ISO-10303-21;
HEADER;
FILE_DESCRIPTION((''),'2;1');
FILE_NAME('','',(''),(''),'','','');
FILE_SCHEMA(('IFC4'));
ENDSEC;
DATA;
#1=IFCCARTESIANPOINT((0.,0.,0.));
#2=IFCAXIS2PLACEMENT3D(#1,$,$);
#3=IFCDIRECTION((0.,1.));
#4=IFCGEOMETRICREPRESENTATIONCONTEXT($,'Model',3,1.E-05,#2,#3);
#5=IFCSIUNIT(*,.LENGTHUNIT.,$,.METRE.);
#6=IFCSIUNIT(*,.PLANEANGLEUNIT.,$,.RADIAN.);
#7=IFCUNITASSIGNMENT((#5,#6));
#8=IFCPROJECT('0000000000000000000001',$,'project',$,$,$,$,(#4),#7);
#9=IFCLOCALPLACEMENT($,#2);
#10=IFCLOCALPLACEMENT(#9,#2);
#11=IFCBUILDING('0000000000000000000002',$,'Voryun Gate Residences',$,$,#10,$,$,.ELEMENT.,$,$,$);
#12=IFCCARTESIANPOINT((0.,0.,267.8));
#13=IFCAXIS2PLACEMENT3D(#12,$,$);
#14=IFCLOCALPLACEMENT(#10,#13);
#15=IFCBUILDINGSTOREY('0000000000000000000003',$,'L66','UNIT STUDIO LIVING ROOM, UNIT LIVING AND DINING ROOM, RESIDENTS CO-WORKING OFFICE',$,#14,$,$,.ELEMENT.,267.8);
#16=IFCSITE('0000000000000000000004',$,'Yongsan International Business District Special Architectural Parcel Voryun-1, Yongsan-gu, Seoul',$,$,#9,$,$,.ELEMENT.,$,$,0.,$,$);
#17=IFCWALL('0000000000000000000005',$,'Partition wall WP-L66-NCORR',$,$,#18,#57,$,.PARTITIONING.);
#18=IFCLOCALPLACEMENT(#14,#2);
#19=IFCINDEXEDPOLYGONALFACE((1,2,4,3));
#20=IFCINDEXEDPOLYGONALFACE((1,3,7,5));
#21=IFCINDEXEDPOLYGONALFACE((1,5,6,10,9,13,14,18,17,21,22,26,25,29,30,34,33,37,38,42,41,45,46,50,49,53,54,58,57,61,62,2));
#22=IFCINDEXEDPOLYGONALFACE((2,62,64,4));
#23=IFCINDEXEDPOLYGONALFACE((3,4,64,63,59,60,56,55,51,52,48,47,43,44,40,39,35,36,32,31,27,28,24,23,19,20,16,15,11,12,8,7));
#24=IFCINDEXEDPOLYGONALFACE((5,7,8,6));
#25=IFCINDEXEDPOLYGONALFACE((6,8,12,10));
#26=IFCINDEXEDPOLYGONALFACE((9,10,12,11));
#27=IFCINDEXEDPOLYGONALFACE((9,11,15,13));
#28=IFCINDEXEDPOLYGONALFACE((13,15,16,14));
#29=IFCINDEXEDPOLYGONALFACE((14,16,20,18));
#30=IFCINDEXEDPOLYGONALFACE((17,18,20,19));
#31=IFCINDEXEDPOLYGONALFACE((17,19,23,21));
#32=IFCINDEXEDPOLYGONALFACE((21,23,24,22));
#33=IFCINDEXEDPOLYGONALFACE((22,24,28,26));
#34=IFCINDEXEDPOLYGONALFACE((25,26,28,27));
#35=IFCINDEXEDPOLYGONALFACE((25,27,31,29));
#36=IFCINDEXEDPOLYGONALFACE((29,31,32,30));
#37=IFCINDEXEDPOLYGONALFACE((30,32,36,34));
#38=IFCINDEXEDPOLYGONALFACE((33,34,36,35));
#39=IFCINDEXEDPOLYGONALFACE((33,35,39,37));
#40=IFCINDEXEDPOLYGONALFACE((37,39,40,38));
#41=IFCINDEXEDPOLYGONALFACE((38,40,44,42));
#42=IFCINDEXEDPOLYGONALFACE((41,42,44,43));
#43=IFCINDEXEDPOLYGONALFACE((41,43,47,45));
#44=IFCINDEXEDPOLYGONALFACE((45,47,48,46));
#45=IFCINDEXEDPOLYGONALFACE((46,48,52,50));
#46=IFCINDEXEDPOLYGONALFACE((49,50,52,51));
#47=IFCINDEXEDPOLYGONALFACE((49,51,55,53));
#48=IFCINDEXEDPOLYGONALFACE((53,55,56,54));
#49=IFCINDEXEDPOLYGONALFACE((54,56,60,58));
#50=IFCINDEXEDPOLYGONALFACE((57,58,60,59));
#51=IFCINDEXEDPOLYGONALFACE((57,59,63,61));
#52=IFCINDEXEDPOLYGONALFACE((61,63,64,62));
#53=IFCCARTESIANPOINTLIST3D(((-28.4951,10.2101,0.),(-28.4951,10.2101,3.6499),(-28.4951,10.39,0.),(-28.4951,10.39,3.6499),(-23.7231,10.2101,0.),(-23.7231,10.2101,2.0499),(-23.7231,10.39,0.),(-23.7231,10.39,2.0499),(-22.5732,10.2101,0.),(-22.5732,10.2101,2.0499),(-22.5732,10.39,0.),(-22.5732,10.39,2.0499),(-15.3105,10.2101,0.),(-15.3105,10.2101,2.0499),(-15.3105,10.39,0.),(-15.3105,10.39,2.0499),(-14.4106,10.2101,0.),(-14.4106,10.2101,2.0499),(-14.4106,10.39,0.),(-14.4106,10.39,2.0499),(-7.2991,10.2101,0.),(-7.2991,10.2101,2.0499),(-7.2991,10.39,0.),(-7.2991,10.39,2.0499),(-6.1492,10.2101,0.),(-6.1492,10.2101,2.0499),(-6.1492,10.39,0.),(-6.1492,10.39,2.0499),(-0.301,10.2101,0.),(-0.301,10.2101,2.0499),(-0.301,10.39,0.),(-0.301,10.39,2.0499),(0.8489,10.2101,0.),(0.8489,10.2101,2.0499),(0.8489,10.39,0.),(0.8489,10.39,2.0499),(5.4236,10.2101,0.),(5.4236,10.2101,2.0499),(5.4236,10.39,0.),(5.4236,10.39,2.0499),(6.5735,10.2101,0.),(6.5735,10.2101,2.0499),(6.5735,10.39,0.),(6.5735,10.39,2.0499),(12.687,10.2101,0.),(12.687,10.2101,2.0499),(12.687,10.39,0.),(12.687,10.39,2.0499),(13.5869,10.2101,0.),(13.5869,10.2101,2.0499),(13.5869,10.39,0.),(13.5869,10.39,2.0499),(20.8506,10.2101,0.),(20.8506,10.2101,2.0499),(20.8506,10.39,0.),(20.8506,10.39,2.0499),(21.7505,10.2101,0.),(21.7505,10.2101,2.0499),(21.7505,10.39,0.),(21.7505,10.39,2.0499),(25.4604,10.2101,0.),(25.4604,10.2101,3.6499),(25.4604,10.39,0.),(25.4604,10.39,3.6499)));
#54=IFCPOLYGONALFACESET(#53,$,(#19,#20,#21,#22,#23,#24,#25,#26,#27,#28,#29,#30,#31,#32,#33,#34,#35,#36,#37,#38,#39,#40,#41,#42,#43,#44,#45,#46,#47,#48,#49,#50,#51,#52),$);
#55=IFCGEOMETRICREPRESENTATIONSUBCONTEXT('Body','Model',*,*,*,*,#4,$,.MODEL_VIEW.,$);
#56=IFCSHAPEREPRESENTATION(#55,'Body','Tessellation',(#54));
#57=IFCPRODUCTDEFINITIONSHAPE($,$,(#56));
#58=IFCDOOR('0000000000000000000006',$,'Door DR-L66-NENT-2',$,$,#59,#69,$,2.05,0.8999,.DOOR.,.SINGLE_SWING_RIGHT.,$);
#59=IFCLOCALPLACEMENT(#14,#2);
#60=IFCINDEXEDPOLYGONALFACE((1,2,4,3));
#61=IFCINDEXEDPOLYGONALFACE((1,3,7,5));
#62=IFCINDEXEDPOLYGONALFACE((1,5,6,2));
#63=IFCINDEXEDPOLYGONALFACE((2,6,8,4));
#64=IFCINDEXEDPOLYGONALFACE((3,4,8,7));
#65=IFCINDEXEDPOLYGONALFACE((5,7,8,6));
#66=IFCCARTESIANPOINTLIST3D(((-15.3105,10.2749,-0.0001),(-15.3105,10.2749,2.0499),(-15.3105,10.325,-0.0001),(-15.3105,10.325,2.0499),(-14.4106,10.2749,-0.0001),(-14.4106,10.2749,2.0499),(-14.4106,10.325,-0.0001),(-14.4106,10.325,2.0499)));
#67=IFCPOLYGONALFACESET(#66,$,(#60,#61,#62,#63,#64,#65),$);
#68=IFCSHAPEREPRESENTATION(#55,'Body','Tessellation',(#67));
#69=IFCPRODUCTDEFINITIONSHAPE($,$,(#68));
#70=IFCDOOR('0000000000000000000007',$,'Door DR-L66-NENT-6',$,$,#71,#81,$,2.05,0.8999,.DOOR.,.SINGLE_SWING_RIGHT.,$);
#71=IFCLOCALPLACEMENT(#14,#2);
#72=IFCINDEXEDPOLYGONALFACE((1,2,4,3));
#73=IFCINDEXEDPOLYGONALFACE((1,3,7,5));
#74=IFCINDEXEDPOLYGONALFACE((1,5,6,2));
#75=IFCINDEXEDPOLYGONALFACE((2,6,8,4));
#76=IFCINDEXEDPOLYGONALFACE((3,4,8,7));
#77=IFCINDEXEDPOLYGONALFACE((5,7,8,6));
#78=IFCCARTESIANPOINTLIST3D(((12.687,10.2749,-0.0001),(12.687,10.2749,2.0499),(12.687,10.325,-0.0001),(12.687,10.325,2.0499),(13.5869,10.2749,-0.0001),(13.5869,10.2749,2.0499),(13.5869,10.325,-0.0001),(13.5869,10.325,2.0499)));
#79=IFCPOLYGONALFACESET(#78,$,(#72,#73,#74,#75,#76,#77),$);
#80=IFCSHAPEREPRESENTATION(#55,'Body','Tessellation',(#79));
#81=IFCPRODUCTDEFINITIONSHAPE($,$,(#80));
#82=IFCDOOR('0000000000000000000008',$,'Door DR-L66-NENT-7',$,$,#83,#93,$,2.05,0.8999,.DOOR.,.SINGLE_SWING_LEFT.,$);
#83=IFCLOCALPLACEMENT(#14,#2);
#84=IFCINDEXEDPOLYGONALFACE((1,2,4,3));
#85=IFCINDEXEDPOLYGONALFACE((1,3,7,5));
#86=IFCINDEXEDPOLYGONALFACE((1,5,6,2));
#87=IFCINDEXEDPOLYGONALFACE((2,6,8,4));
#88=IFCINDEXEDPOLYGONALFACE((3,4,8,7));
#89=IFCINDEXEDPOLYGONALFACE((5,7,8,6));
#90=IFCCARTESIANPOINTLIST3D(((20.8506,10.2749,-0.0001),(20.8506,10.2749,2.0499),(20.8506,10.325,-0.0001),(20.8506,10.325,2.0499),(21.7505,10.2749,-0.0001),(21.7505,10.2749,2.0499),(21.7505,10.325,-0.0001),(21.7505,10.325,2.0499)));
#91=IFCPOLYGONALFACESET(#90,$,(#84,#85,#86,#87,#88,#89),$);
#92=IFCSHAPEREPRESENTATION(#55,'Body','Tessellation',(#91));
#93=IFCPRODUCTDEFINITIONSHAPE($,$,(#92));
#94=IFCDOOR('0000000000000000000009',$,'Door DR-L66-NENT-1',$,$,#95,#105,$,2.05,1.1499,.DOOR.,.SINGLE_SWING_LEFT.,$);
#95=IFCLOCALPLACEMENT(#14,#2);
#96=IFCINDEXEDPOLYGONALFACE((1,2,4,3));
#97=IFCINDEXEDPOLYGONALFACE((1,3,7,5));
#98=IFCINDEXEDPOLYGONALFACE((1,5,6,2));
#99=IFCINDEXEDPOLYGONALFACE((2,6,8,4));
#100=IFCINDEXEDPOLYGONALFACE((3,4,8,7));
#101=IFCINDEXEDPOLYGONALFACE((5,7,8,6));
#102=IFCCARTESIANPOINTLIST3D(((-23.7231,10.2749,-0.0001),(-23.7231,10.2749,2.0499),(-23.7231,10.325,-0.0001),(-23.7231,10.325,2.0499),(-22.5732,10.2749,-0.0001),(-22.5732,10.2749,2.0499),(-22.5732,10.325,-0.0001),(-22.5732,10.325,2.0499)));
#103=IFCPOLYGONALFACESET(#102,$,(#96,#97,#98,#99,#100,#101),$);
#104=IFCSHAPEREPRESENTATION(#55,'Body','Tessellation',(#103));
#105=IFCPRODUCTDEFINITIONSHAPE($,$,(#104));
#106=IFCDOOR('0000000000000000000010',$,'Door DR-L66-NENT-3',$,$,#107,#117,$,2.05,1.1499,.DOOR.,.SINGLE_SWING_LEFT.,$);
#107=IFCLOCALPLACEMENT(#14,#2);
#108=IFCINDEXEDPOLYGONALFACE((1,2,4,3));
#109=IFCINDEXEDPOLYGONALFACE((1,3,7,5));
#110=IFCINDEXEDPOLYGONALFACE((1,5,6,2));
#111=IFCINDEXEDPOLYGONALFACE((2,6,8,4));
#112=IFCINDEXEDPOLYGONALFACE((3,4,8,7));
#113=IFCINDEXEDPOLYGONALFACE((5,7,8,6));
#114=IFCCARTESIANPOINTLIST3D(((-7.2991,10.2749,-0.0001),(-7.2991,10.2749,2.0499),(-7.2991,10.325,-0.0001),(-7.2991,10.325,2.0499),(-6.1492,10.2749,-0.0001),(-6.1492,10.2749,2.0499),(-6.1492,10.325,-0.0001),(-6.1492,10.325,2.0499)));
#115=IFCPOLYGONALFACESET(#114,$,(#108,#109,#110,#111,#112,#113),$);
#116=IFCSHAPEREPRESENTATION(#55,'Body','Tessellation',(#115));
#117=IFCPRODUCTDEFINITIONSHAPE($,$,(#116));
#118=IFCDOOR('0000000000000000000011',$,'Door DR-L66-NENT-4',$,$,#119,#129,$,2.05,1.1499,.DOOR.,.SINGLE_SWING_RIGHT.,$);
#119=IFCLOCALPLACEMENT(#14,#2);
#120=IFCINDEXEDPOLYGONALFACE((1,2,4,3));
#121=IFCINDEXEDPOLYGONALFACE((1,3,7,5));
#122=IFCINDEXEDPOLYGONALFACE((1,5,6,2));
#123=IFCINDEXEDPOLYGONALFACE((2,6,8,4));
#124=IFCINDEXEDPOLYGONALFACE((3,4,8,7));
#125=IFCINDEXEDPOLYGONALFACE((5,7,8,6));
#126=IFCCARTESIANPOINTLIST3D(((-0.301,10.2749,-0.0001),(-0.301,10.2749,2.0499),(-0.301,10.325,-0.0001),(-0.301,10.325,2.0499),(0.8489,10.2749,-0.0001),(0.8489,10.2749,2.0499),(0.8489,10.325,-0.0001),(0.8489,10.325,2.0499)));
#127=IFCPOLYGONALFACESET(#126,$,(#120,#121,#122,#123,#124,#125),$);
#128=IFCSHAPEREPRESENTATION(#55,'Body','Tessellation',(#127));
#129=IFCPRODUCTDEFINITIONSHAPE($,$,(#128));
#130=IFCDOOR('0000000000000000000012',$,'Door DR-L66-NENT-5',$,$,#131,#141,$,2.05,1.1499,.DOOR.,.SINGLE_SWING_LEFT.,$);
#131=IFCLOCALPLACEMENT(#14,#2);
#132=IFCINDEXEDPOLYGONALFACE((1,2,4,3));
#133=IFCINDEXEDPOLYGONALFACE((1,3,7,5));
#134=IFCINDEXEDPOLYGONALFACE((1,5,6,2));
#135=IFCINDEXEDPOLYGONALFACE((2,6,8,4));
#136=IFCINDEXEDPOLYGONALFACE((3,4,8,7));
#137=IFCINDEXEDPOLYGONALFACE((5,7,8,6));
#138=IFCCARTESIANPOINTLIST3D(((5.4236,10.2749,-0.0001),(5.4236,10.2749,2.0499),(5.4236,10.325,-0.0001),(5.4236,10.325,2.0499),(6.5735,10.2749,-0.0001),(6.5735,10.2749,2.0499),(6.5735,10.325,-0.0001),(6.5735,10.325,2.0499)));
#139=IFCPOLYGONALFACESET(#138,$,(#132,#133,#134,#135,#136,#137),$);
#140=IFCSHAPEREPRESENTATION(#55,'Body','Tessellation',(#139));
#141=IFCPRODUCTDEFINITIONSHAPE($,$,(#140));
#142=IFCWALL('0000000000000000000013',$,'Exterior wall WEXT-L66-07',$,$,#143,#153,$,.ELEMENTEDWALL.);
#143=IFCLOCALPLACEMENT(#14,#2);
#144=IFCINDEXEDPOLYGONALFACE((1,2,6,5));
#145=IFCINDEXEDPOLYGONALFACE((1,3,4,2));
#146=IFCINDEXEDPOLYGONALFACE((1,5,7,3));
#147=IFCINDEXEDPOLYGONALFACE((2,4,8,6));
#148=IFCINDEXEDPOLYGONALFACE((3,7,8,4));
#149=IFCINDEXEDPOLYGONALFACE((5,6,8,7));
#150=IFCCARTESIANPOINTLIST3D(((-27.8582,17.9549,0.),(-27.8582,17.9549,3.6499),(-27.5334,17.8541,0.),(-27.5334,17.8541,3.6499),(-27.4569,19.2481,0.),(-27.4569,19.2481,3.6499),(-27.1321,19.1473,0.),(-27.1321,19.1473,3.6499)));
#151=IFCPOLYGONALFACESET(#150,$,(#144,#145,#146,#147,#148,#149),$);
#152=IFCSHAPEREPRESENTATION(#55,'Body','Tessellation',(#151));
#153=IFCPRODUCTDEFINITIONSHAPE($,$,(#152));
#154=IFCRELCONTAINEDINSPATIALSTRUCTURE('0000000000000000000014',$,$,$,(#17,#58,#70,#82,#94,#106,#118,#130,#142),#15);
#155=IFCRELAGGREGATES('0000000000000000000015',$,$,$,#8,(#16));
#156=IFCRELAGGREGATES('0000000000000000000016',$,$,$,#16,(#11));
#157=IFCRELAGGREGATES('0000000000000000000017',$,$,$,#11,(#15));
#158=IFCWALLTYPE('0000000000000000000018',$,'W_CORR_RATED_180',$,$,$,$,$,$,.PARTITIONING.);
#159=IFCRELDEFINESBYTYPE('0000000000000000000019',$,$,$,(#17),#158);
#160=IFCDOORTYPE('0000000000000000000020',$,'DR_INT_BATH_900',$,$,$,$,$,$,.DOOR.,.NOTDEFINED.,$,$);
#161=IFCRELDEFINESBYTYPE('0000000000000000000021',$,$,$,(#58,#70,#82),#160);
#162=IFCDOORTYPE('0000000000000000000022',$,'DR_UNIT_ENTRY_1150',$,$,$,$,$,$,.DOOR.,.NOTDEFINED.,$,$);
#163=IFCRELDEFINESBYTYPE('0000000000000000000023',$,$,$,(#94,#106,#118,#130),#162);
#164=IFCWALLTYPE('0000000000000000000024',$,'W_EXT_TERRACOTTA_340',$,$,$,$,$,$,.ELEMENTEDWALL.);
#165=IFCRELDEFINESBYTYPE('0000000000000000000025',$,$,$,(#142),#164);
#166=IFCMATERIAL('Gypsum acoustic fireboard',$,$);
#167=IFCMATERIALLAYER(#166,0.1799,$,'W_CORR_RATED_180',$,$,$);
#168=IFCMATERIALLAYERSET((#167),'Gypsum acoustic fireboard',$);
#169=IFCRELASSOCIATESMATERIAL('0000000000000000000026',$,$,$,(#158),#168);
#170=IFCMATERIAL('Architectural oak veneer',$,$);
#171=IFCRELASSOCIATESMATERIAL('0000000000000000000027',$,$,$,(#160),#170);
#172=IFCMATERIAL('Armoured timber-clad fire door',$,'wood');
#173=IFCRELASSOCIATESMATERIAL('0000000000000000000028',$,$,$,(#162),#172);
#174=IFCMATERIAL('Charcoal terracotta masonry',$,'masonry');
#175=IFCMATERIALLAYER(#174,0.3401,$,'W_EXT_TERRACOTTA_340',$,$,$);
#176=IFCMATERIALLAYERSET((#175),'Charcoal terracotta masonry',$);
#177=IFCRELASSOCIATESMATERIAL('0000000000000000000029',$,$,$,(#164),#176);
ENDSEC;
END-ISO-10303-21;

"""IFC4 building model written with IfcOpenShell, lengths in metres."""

from ifc_helpers import new_model, si_unit, direction, frame, frame_2d, origin, place, context, subcontext, project, spatial, rectangle, extrude, material, layer, layer_set, type_object, element, fill, save


model = new_model("IFC4")

# Units and contexts
model_context = context("Model", 3, precision=1e-05, world=origin(), true_north=direction((0.0, 1.0)))
body_context = subcontext(model_context, "Body", "Model", "MODEL_VIEW")
ifc_project = project(units=[si_unit("LENGTHUNIT", "METRE"), si_unit("PLANEANGLEUNIT", "RADIAN")], contexts=[model_context])

# Site, building, storey
site_placement = place(None, origin())
site = spatial("IfcSite", under=ifc_project, at=site_placement, Name="Yongsan International Business District Special Architectural Parcel Voryun-1, Yongsan-gu, Seoul", CompositionType="ELEMENT", RefElevation=0.0)
building_placement = place(site_placement, origin())
building = spatial("IfcBuilding", under=site, at=building_placement, Name="Voryun Gate Residences", CompositionType="ELEMENT")
storey_placement = place(building_placement, frame((0.0, 0.0, 267.8)))
storey = spatial("IfcBuildingStorey", under=building, at=storey_placement, Name="L66", Description="UNIT STUDIO LIVING ROOM, UNIT LIVING AND DINING ROOM, RESIDENTS CO-WORKING OFFICE", CompositionType="ELEMENT", Elevation=267.8)

# Wall, openings, doors
ifc_material_1 = material(Name="Gypsum acoustic fireboard")
ifc_layer_1 = layer(ifc_material_1, 0.1799, Name="W_CORR_RATED_180")
ifc_layer_set_1 = layer_set([ifc_layer_1], Name="Gypsum acoustic fireboard")
wall_type_1 = type_object("IfcWallType", Name="W_CORR_RATED_180", PredefinedType="PARTITIONING", material=ifc_layer_set_1)
wall_1_placement = place(storey_placement, frame((-28.4951, 10.3, 0.0), z_axis=(0.0, 0.0, 1.0), x_axis=(1.0, 0.0, 0.0)))
wall_1 = element("IfcWall", 1, at=wall_1_placement, inside=storey, type_object=wall_type_1, Name="Partition wall WP-L66-NCORR", PredefinedType="PARTITIONING", context=body_context, shape_type="SweptSolid", body=[
    extrude(rectangle(XDim=53.9556, YDim=0.1799, at=frame_2d((26.9778, 0.0))), origin(), (0.0, 0.0, 1.0), 3.6499),
])
opening_1_placement = place(wall_1_placement, frame((4.772, 0.0, 0.0)))
opening_1 = element("IfcOpeningElement", 2, at=opening_1_placement, cuts=wall_1, PredefinedType="OPENING", context=body_context, shape_type="SweptSolid", body=[
    extrude(rectangle(XDim=1.1499, YDim=2.05, at=frame_2d((0.575, 1.0249))), frame((0.0, 0.0999, 0.0), z_axis=(0.0, -1.0, 0.0), x_axis=(1.0, 0.0, 0.0)), (0.0, 0.0, 1.0), 0.2),
])
opening_2_placement = place(wall_1_placement, frame((13.1846, 0.0, 0.0)))
opening_2 = element("IfcOpeningElement", 3, at=opening_2_placement, cuts=wall_1, PredefinedType="OPENING", context=body_context, shape_type="SweptSolid", body=[
    extrude(rectangle(XDim=0.8999, YDim=2.05, at=frame_2d((0.45, 1.0249))), frame((0.0, 0.0999, 0.0), z_axis=(0.0, -1.0, 0.0), x_axis=(1.0, 0.0, 0.0)), (0.0, 0.0, 1.0), 0.2),
])
opening_3_placement = place(wall_1_placement, frame((21.196, 0.0, 0.0)))
opening_3 = element("IfcOpeningElement", 4, at=opening_3_placement, cuts=wall_1, PredefinedType="OPENING", context=body_context, shape_type="SweptSolid", body=[
    extrude(rectangle(XDim=1.1499, YDim=2.05, at=frame_2d((0.575, 1.0249))), frame((0.0, 0.0999, 0.0), z_axis=(0.0, -1.0, 0.0), x_axis=(1.0, 0.0, 0.0)), (0.0, 0.0, 1.0), 0.2),
])
opening_4_placement = place(wall_1_placement, frame((28.1941, 0.0, 0.0)))
opening_4 = element("IfcOpeningElement", 5, at=opening_4_placement, cuts=wall_1, PredefinedType="OPENING", context=body_context, shape_type="SweptSolid", body=[
    extrude(rectangle(XDim=1.1499, YDim=2.05, at=frame_2d((0.575, 1.0249))), frame((0.0, 0.0999, 0.0), z_axis=(0.0, -1.0, 0.0), x_axis=(1.0, 0.0, 0.0)), (0.0, 0.0, 1.0), 0.2),
])
opening_5_placement = place(wall_1_placement, frame((33.9187, 0.0, 0.0)))
opening_5 = element("IfcOpeningElement", 6, at=opening_5_placement, cuts=wall_1, PredefinedType="OPENING", context=body_context, shape_type="SweptSolid", body=[
    extrude(rectangle(XDim=1.1499, YDim=2.05, at=frame_2d((0.575, 1.0249))), frame((0.0, 0.0999, 0.0), z_axis=(0.0, -1.0, 0.0), x_axis=(1.0, 0.0, 0.0)), (0.0, 0.0, 1.0), 0.2),
])
opening_6_placement = place(wall_1_placement, frame((41.1821, 0.0, 0.0)))
opening_6 = element("IfcOpeningElement", 7, at=opening_6_placement, cuts=wall_1, PredefinedType="OPENING", context=body_context, shape_type="SweptSolid", body=[
    extrude(rectangle(XDim=0.8999, YDim=2.05, at=frame_2d((0.45, 1.0249))), frame((0.0, 0.0999, 0.0), z_axis=(0.0, -1.0, 0.0), x_axis=(1.0, 0.0, 0.0)), (0.0, 0.0, 1.0), 0.2),
])
opening_7_placement = place(wall_1_placement, frame((49.3457, 0.0, 0.0)))
opening_7 = element("IfcOpeningElement", 8, at=opening_7_placement, cuts=wall_1, PredefinedType="OPENING", context=body_context, shape_type="SweptSolid", body=[
    extrude(rectangle(XDim=0.8999, YDim=2.05, at=frame_2d((0.45, 1.0249))), frame((0.0, 0.0999, 0.0), z_axis=(0.0, -1.0, 0.0), x_axis=(1.0, 0.0, 0.0)), (0.0, 0.0, 1.0), 0.2),
])
ifc_material_2 = material(Name="Architectural oak veneer")
door_type_1 = type_object("IfcDoorType", Name="DR_INT_BATH_900", OperationType="NOTDEFINED", PredefinedType="DOOR", material=ifc_material_2)
door_1_placement = place(opening_2_placement, origin())
door_1 = element("IfcDoor", 9, at=door_1_placement, inside=storey, type_object=door_type_1, Name="Door DR-L66-NENT-2", OperationType="SINGLE_SWING_RIGHT", OverallHeight=2.05, OverallWidth=0.8999, PredefinedType="DOOR", context=body_context, shape_type="SweptSolid", body=[
    extrude(rectangle(XDim=0.8999, YDim=2.05, at=frame_2d((0.45, 1.0249))), frame((0.0, 0.0249, 0.0), z_axis=(0.0, -1.0, 0.0), x_axis=(1.0, 0.0, 0.0)), (0.0, 0.0, 1.0), 0.05),
])
fill(opening_2, door_1)
door_2_placement = place(opening_6_placement, origin())
door_2 = element("IfcDoor", 10, at=door_2_placement, inside=storey, type_object=door_type_1, Name="Door DR-L66-NENT-6", OperationType="SINGLE_SWING_RIGHT", OverallHeight=2.05, OverallWidth=0.8999, PredefinedType="DOOR", context=body_context, shape_type="SweptSolid", body=[
    extrude(rectangle(XDim=0.8999, YDim=2.05, at=frame_2d((0.45, 1.0249))), frame((0.0, 0.0249, 0.0), z_axis=(0.0, -1.0, 0.0), x_axis=(1.0, 0.0, 0.0)), (0.0, 0.0, 1.0), 0.05),
])
fill(opening_6, door_2)
door_3_placement = place(opening_7_placement, origin())
door_3 = element("IfcDoor", 11, at=door_3_placement, inside=storey, type_object=door_type_1, Name="Door DR-L66-NENT-7", OperationType="SINGLE_SWING_LEFT", OverallHeight=2.05, OverallWidth=0.8999, PredefinedType="DOOR", context=body_context, shape_type="SweptSolid", body=[
    extrude(rectangle(XDim=0.8999, YDim=2.05, at=frame_2d((0.45, 1.0249))), frame((0.0, 0.0249, 0.0), z_axis=(0.0, -1.0, 0.0), x_axis=(1.0, 0.0, 0.0)), (0.0, 0.0, 1.0), 0.05),
])
fill(opening_7, door_3)
ifc_material_3 = material(Name="Armoured timber-clad fire door", Category="wood")
door_type_2 = type_object("IfcDoorType", Name="DR_UNIT_ENTRY_1150", OperationType="NOTDEFINED", PredefinedType="DOOR", material=ifc_material_3)
door_4_placement = place(opening_1_placement, origin())
door_4 = element("IfcDoor", 12, at=door_4_placement, inside=storey, type_object=door_type_2, Name="Door DR-L66-NENT-1", OperationType="SINGLE_SWING_LEFT", OverallHeight=2.05, OverallWidth=1.1499, PredefinedType="DOOR", context=body_context, shape_type="SweptSolid", body=[
    extrude(rectangle(XDim=1.1499, YDim=2.05, at=frame_2d((0.575, 1.0249))), frame((0.0, 0.0249, 0.0), z_axis=(0.0, -1.0, 0.0), x_axis=(1.0, 0.0, 0.0)), (0.0, 0.0, 1.0), 0.05),
])
fill(opening_1, door_4)
door_5_placement = place(opening_3_placement, origin())
door_5 = element("IfcDoor", 13, at=door_5_placement, inside=storey, type_object=door_type_2, Name="Door DR-L66-NENT-3", OperationType="SINGLE_SWING_LEFT", OverallHeight=2.05, OverallWidth=1.1499, PredefinedType="DOOR", context=body_context, shape_type="SweptSolid", body=[
    extrude(rectangle(XDim=1.1499, YDim=2.05, at=frame_2d((0.575, 1.0249))), frame((0.0, 0.0249, 0.0), z_axis=(0.0, -1.0, 0.0), x_axis=(1.0, 0.0, 0.0)), (0.0, 0.0, 1.0), 0.05),
])
fill(opening_3, door_5)
door_6_placement = place(opening_4_placement, origin())
door_6 = element("IfcDoor", 14, at=door_6_placement, inside=storey, type_object=door_type_2, Name="Door DR-L66-NENT-4", OperationType="SINGLE_SWING_RIGHT", OverallHeight=2.05, OverallWidth=1.1499, PredefinedType="DOOR", context=body_context, shape_type="SweptSolid", body=[
    extrude(rectangle(XDim=1.1499, YDim=2.05, at=frame_2d((0.575, 1.0249))), frame((0.0, 0.0249, 0.0), z_axis=(0.0, -1.0, 0.0), x_axis=(1.0, 0.0, 0.0)), (0.0, 0.0, 1.0), 0.05),
])
fill(opening_4, door_6)
door_7_placement = place(opening_5_placement, origin())
door_7 = element("IfcDoor", 15, at=door_7_placement, inside=storey, type_object=door_type_2, Name="Door DR-L66-NENT-5", OperationType="SINGLE_SWING_LEFT", OverallHeight=2.05, OverallWidth=1.1499, PredefinedType="DOOR", context=body_context, shape_type="SweptSolid", body=[
    extrude(rectangle(XDim=1.1499, YDim=2.05, at=frame_2d((0.575, 1.0249))), frame((0.0, 0.0249, 0.0), z_axis=(0.0, -1.0, 0.0), x_axis=(1.0, 0.0, 0.0)), (0.0, 0.0, 1.0), 0.05),
])
fill(opening_5, door_7)

# Wall
ifc_material_4 = material(Name="Charcoal terracotta masonry", Category="masonry")
ifc_layer_2 = layer(ifc_material_4, 0.3401, Name="W_EXT_TERRACOTTA_340")
ifc_layer_set_2 = layer_set([ifc_layer_2], Name="Charcoal terracotta masonry")
wall_type_2 = type_object("IfcWallType", Name="W_EXT_TERRACOTTA_340", PredefinedType="ELEMENTEDWALL", material=ifc_layer_set_2)
wall_2_placement = place(storey_placement, frame((-27.6958, 17.9045, 0.0), z_axis=(0.0, 0.0, 1.0), x_axis=(0.296416, 0.955059, 0.0)))
element("IfcWall", 16, at=wall_2_placement, inside=storey, type_object=wall_type_2, Name="Exterior wall WEXT-L66-07", PredefinedType="ELEMENTEDWALL", context=body_context, shape_type="SweptSolid", body=[
    extrude(rectangle(XDim=1.354, YDim=0.3401, at=frame_2d((0.677, 0.0))), origin(), (0.0, 0.0, 1.0), 3.6499),
])

save(model, "model.ifc")
